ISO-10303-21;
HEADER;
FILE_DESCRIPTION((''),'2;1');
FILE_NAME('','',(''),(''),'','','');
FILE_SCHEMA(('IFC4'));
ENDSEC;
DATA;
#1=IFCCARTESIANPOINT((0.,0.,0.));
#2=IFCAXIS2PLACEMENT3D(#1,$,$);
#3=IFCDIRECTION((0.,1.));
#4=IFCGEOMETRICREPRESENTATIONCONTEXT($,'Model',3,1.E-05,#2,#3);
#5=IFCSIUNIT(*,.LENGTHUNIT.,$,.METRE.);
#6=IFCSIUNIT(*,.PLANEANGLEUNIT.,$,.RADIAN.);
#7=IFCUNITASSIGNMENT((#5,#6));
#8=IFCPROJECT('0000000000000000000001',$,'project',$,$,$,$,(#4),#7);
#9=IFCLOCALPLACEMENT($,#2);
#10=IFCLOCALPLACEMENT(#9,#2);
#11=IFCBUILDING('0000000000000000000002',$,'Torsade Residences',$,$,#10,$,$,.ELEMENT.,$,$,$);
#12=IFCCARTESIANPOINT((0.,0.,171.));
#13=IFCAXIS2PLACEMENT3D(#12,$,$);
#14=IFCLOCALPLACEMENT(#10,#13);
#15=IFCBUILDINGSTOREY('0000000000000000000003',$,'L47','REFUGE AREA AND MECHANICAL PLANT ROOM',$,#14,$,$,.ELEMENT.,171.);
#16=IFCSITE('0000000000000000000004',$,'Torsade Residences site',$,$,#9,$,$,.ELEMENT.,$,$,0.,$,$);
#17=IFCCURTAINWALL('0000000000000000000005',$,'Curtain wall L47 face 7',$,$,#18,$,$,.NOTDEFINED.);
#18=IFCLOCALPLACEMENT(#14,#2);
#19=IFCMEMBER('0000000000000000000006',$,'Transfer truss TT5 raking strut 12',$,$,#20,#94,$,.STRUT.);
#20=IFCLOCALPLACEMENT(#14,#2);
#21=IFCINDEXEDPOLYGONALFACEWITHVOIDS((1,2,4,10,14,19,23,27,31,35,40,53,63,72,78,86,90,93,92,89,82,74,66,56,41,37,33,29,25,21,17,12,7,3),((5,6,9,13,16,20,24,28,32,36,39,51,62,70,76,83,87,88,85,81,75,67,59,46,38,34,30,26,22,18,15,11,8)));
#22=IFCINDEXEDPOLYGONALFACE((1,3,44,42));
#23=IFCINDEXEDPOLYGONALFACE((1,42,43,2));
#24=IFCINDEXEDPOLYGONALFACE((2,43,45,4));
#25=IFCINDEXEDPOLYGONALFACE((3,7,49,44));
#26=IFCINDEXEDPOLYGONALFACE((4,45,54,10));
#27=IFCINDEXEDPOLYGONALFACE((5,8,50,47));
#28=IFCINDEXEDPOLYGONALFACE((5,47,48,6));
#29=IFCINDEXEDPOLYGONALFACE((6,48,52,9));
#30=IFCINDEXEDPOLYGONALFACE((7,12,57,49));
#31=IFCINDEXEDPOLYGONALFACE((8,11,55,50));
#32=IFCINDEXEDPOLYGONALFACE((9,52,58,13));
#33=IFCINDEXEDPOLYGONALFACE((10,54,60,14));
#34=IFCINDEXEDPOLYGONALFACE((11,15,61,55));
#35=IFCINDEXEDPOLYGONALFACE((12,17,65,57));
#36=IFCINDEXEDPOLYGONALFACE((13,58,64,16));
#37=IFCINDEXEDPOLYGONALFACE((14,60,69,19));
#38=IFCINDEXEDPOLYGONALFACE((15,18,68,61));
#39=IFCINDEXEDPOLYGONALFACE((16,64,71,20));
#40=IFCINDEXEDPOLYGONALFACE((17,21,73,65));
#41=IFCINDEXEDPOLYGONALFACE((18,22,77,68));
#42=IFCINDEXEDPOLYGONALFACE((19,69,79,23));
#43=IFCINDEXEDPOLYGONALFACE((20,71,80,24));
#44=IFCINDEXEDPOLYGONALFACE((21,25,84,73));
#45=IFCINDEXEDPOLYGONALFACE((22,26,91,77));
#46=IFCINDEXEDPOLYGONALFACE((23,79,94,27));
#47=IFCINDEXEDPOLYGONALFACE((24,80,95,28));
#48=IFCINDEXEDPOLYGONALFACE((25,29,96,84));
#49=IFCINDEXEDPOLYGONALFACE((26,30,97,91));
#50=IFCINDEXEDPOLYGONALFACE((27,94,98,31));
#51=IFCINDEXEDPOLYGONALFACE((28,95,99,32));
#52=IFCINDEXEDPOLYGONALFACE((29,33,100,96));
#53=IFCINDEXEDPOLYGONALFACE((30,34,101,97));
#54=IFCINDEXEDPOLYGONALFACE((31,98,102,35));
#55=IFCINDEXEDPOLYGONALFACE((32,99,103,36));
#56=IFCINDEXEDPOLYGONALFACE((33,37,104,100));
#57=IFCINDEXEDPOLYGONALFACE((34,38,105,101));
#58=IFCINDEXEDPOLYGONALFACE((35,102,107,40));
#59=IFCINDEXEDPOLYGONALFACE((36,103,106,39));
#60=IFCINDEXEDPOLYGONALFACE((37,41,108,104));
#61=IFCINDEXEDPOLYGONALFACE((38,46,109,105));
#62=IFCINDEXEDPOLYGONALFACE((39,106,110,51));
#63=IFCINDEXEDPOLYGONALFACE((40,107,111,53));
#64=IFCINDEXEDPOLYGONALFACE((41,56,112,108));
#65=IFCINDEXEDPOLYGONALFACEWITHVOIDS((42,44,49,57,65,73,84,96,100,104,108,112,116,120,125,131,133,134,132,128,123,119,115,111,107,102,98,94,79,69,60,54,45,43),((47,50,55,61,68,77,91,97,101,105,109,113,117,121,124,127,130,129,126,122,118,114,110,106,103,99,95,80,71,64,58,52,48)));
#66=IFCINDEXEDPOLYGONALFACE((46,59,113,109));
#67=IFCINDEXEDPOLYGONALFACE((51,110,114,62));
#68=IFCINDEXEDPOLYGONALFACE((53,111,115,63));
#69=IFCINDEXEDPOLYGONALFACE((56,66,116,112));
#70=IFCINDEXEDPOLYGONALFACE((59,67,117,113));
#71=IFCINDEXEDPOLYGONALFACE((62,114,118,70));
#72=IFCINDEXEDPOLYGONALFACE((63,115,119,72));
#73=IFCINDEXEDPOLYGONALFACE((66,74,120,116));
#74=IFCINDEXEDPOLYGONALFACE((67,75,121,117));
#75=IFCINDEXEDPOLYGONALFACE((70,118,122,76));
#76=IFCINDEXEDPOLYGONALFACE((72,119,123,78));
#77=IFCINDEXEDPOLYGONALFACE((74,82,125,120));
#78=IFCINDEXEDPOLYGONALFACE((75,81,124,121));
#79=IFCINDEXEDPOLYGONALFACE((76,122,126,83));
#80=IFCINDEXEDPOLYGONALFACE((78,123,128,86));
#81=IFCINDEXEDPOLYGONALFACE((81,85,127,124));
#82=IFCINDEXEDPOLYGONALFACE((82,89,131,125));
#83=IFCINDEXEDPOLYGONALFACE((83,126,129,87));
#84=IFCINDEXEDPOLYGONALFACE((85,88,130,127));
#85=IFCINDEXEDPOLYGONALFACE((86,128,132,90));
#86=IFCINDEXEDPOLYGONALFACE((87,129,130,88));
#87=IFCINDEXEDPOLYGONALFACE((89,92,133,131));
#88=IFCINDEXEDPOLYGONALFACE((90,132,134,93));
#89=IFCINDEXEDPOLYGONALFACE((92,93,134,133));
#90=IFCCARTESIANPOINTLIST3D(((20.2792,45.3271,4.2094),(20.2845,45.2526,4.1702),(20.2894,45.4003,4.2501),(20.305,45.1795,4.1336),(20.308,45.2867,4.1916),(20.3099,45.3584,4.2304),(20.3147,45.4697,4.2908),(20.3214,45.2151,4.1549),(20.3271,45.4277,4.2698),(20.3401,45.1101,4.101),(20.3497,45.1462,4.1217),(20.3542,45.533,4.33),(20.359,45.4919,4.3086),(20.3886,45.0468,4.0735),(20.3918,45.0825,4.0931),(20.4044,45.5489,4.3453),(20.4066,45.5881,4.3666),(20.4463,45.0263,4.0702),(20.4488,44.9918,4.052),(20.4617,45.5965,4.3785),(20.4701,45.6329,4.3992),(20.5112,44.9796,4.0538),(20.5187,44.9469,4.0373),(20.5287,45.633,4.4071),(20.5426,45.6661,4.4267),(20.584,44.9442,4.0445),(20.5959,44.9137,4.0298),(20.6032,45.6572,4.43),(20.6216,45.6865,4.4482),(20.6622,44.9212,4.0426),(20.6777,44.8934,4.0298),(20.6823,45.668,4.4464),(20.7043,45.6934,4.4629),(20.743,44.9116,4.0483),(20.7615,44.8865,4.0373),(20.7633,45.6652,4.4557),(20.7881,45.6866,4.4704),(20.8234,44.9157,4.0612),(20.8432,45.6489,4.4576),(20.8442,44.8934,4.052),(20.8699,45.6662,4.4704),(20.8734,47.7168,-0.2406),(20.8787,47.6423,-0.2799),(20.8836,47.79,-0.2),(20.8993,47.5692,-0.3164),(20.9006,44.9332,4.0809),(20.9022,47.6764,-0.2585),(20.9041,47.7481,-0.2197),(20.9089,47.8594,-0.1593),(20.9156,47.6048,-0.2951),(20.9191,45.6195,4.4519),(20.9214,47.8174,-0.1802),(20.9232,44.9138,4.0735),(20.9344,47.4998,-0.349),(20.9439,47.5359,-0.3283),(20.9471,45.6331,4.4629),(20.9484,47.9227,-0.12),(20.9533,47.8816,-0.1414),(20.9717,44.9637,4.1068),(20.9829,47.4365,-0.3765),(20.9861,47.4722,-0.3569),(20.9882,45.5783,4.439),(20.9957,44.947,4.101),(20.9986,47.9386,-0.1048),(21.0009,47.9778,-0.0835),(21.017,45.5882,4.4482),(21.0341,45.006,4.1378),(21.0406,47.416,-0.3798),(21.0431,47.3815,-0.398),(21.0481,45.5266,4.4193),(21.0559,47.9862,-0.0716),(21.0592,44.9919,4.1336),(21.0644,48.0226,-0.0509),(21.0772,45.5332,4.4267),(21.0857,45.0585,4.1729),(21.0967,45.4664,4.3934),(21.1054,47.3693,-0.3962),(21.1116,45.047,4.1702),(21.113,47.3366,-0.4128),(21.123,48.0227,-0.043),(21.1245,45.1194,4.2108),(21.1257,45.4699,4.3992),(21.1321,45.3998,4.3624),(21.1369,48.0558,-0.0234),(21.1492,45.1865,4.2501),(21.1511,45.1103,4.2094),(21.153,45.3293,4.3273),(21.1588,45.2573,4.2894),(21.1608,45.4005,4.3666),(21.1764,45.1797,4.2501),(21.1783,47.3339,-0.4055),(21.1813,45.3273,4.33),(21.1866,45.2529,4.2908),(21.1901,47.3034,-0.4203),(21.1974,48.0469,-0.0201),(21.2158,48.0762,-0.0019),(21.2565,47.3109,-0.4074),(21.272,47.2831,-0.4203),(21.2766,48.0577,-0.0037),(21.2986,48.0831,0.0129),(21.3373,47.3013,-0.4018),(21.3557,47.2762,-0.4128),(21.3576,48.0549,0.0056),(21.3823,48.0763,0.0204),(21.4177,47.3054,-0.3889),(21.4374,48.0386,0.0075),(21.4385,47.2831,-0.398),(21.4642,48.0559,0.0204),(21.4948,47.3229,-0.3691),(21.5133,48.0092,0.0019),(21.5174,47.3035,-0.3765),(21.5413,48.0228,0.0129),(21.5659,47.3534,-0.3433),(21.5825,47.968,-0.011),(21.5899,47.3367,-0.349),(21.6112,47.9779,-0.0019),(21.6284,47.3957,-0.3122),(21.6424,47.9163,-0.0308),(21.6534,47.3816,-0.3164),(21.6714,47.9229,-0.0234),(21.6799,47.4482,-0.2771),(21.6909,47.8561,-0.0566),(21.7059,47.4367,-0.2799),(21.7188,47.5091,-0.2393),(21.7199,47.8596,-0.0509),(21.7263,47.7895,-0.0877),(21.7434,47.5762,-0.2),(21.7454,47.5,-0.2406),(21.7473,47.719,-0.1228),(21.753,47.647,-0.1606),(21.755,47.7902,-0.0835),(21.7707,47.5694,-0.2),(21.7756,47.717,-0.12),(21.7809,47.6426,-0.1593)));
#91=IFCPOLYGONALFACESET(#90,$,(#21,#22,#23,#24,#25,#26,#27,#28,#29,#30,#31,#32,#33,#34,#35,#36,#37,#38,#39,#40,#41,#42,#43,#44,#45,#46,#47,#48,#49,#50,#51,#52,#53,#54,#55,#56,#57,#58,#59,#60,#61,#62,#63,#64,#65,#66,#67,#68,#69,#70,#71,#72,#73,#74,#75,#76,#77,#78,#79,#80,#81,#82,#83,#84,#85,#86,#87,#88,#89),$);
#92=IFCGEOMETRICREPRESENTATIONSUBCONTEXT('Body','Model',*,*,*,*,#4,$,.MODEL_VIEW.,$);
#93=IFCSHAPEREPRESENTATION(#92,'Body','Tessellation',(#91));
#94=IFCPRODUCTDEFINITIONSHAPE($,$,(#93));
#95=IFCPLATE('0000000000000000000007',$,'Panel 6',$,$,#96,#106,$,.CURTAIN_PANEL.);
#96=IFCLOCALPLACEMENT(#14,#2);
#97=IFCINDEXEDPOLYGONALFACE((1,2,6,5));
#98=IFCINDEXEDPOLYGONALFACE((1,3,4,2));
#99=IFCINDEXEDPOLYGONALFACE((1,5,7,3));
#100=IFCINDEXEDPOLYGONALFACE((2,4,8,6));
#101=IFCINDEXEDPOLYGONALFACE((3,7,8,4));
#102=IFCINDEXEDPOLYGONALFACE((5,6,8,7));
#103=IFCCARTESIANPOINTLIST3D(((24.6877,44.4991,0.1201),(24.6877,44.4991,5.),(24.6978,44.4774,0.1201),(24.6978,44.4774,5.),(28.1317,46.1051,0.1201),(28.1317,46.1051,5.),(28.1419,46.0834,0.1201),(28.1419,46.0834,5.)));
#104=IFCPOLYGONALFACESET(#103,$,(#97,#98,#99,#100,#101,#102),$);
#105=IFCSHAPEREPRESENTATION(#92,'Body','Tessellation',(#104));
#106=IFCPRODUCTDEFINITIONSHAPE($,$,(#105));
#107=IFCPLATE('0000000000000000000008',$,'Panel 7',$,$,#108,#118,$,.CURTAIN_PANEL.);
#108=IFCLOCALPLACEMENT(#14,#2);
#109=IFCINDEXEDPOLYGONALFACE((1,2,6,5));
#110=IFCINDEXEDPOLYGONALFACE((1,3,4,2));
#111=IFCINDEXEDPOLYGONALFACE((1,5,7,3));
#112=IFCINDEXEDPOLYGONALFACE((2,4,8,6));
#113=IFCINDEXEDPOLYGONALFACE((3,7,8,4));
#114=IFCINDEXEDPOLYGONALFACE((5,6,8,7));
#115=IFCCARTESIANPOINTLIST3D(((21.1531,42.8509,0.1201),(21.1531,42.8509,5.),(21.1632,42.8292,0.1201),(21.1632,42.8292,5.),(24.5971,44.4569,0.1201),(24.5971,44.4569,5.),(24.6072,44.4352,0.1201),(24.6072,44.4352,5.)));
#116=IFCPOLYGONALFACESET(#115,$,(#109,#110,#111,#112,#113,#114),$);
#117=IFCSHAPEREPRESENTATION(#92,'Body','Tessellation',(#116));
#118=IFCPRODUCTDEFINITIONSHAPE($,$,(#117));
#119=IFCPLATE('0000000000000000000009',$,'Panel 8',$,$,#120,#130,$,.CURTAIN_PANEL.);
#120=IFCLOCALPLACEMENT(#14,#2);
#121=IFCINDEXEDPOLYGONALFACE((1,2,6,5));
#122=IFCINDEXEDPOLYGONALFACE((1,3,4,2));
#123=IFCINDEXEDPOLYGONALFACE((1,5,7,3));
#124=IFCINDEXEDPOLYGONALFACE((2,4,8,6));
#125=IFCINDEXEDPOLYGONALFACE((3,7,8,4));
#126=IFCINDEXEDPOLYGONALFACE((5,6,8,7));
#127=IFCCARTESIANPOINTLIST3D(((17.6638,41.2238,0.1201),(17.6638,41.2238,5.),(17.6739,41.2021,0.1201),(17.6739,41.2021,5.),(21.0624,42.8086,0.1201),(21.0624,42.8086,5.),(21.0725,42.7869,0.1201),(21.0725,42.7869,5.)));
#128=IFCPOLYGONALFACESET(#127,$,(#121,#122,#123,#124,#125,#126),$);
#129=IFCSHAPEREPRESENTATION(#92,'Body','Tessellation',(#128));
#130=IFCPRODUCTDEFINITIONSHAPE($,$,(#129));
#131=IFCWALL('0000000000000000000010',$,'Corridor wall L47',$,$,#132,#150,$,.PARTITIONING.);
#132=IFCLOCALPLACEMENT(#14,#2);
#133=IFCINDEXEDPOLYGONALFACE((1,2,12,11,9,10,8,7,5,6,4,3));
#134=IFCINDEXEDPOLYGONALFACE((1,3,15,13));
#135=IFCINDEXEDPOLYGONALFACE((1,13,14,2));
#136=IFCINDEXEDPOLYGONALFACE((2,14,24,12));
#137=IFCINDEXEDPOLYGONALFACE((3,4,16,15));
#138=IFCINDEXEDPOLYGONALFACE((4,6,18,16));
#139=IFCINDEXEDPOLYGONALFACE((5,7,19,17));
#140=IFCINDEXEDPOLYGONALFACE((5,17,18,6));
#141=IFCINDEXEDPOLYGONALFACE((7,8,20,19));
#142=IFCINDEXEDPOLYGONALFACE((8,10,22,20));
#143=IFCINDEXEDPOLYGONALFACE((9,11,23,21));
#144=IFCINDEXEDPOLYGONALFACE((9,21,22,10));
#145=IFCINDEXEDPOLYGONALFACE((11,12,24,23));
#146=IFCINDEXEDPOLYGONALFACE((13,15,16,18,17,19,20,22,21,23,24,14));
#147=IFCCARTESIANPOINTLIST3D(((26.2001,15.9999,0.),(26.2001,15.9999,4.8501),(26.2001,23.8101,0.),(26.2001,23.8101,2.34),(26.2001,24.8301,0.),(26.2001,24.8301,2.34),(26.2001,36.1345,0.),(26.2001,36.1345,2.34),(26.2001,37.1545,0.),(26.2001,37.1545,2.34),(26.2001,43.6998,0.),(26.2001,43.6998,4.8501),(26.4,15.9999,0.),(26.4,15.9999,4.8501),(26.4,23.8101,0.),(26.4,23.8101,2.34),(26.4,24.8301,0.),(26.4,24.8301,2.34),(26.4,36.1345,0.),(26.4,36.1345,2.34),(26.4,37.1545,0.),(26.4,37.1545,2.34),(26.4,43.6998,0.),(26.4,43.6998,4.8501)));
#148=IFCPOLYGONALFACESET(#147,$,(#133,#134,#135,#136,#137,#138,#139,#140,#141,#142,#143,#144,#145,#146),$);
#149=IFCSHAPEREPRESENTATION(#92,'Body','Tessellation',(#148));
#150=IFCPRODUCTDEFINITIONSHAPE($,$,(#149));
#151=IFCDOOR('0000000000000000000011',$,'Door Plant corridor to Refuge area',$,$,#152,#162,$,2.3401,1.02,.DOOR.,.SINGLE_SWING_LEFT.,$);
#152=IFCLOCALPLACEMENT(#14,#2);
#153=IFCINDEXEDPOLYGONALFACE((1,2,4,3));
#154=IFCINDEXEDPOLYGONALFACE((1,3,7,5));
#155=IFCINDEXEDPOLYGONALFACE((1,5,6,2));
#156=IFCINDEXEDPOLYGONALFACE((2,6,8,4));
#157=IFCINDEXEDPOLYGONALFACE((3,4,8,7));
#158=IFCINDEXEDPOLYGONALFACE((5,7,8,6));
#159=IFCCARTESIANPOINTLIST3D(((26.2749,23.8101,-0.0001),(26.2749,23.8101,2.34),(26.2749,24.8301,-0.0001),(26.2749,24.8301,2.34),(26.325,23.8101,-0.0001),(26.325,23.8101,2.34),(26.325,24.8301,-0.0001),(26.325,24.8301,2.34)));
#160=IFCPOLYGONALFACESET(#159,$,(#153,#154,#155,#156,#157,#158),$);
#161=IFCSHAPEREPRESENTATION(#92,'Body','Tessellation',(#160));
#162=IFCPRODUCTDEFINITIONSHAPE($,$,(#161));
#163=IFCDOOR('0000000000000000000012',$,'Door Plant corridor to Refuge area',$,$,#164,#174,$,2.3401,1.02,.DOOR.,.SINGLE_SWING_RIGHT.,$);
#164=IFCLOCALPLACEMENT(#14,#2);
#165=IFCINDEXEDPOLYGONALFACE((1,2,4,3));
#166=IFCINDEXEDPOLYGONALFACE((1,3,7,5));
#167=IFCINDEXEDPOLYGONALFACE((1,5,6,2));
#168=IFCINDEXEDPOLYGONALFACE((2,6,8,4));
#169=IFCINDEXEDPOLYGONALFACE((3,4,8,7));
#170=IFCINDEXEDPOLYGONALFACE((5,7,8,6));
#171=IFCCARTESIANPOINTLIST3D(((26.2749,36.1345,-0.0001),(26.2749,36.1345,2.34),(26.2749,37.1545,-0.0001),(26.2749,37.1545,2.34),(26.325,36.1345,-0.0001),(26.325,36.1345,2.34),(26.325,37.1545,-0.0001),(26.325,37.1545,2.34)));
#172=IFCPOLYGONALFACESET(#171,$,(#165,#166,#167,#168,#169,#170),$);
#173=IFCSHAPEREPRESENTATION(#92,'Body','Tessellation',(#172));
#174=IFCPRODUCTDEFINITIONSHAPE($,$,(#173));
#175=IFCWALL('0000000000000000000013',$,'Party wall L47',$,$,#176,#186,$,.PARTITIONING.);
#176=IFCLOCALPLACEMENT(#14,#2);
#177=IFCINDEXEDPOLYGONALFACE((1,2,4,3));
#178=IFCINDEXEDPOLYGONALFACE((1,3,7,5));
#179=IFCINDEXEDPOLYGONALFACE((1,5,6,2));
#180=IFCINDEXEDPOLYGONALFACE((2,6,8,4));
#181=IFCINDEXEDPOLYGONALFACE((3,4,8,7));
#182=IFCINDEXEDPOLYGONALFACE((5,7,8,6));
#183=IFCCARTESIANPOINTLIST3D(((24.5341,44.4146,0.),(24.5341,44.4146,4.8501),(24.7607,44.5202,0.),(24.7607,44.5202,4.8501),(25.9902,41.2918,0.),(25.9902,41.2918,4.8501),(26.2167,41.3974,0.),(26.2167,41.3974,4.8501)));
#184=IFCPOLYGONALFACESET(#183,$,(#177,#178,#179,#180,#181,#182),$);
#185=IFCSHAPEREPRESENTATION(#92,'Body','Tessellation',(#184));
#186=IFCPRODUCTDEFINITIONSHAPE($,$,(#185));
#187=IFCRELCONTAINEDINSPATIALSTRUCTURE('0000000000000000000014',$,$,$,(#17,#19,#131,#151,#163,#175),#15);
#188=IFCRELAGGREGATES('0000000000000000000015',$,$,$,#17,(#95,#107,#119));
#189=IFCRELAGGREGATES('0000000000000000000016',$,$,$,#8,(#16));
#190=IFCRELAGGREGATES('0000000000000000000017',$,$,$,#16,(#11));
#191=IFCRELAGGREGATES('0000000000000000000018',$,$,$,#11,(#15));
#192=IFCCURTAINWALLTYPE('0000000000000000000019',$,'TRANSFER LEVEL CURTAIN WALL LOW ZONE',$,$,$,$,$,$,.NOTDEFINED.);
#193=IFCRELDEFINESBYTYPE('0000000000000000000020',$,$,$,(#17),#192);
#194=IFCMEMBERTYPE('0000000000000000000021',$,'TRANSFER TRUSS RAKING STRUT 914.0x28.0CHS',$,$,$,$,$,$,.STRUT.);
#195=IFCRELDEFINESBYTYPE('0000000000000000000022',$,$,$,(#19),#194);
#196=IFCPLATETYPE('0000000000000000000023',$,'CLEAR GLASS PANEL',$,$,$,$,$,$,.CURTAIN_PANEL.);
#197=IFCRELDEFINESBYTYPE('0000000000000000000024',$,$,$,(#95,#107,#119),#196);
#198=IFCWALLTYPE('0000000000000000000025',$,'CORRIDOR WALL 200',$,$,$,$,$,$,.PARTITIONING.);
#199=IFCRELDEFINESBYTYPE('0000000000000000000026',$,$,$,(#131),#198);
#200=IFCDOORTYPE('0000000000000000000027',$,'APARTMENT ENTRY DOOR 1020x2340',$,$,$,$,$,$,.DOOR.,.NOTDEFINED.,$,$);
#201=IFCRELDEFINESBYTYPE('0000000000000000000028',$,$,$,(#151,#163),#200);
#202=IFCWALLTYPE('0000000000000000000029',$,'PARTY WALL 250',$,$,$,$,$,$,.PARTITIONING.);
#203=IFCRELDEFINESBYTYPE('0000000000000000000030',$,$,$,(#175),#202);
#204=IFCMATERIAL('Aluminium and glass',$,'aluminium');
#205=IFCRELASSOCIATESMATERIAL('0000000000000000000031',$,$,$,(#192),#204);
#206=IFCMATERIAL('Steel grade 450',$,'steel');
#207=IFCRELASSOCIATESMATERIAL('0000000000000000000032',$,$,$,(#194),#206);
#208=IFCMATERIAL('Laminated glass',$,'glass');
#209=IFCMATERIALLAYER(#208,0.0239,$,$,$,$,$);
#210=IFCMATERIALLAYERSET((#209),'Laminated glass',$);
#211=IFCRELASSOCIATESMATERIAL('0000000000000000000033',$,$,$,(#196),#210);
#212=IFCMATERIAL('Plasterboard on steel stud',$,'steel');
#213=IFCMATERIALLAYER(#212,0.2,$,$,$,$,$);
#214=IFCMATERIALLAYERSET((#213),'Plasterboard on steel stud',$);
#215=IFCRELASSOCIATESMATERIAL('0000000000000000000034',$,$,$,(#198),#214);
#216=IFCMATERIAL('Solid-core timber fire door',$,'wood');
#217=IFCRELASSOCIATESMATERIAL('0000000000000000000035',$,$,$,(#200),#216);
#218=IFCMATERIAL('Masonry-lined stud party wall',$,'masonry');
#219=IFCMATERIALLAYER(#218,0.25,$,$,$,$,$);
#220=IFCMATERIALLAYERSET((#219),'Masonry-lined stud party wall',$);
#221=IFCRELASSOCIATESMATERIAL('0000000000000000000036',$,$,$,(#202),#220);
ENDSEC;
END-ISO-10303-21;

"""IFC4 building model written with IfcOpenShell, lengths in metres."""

from ifc_helpers import new_model, si_unit, direction, frame, frame_2d, origin, origin_2d, place, context, subcontext, project, spatial, rectangle, hollow_circle, extrude, material, layer, layer_set, material_profile, profile_set, type_object, element, fill, aggregate, save


model = new_model("IFC4")

# Units and contexts
model_context = context("Model", 3, precision=1e-05, world=origin(), true_north=direction((0.0, 1.0)))
body_context = subcontext(model_context, "Body", "Model", "MODEL_VIEW")
ifc_project = project(units=[si_unit("LENGTHUNIT", "METRE"), si_unit("PLANEANGLEUNIT", "RADIAN")], contexts=[model_context])

# Site, building, storey
site_placement = place(None, origin())
site = spatial("IfcSite", under=ifc_project, at=site_placement, Name="Torsade Residences site", CompositionType="ELEMENT", RefElevation=0.0)
building_placement = place(site_placement, origin())
building = spatial("IfcBuilding", under=site, at=building_placement, Name="Torsade Residences", CompositionType="ELEMENT")
storey_placement = place(building_placement, frame((0.0, 0.0, 171.0)))
storey = spatial("IfcBuildingStorey", under=building, at=storey_placement, Name="L47", Description="REFUGE AREA AND MECHANICAL PLANT ROOM", CompositionType="ELEMENT", Elevation=171.0)

# Curtain wall
ifc_material_1 = material(Name="Aluminium and glass", Category="aluminium")
curtain_wall_type = type_object("IfcCurtainWallType", Name="TRANSFER LEVEL CURTAIN WALL LOW ZONE", PredefinedType="NOTDEFINED", material=ifc_material_1)
curtain_wall_placement = place(storey_placement, origin())
curtain_wall = element("IfcCurtainWall", 1, at=curtain_wall_placement, inside=storey, type_object=curtain_wall_type, Name="Curtain wall L47 face 7", PredefinedType="NOTDEFINED")

# Member
ifc_material_2 = material(Name="Steel grade 450", Category="steel")
ifc_material_profile_1 = material_profile(ifc_material_2, hollow_circle(Radius=0.457, WallThickness=0.0281, at=origin_2d()), Name="914.0x28.0CHS")
ifc_profile_set_1 = profile_set([ifc_material_profile_1], Name="Steel grade 450")
member_type_1 = type_object("IfcMemberType", Name="TRANSFER TRUSS RAKING STRUT 914.0x28.0CHS", PredefinedType="STRUT", material=ifc_profile_set_1)
member_1_placement = place(storey_placement, frame((21.3271, 47.6797, -0.2), z_axis=(-0.116842, -0.469865, 0.874972), x_axis=(0.970445, -0.241322, 0.0)))
element("IfcMember", 2, at=member_1_placement, inside=storey, type_object=member_type_1, Name="Transfer truss TT5 raking strut 12", PredefinedType="STRUT", context=body_context, shape_type="SweptSolid", body=[
    extrude(hollow_circle(Radius=0.457, WallThickness=0.0281, at=origin_2d()), origin(), (0.0, 0.0, 1.0), 5.0859),
])

# Plates
ifc_material_3 = material(Name="Laminated glass", Category="glass")
ifc_layer_1 = layer(ifc_material_3, 0.0239)
ifc_layer_set_1 = layer_set([ifc_layer_1], Name="Laminated glass")
plate_type = type_object("IfcPlateType", Name="CLEAR GLASS PANEL", PredefinedType="CURTAIN_PANEL", material=ifc_layer_set_1)
plate_1_placement = place(storey_placement, frame((26.4148, 45.2913, 0.1201), z_axis=(0.0, 0.0, 1.0), x_axis=(-0.906308, -0.422618, 0.0)))
plate_1 = element("IfcPlate", 3, at=plate_1_placement, type_object=plate_type, Name="Panel 6", PredefinedType="CURTAIN_PANEL", context=body_context, shape_type="SweptSolid", body=[
    extrude(rectangle(XDim=3.8, YDim=0.0239, at=origin_2d()), origin(), (0.0, 0.0, 1.0), 4.8799),
])
plate_2_placement = place(storey_placement, frame((22.8801, 43.6431, 0.1201), z_axis=(0.0, 0.0, 1.0), x_axis=(-0.906308, -0.422618, 0.0)))
plate_2 = element("IfcPlate", 4, at=plate_2_placement, type_object=plate_type, Name="Panel 7", PredefinedType="CURTAIN_PANEL", context=body_context, shape_type="SweptSolid", body=[
    extrude(rectangle(XDim=3.8, YDim=0.0239, at=origin_2d()), origin(), (0.0, 0.0, 1.0), 4.8799),
])
plate_3_placement = place(storey_placement, frame((19.3682, 42.0054, 0.1201), z_axis=(0.0, 0.0, 1.0), x_axis=(-0.906308, -0.422618, 0.0)))
plate_3 = element("IfcPlate", 5, at=plate_3_placement, type_object=plate_type, Name="Panel 8", PredefinedType="CURTAIN_PANEL", context=body_context, shape_type="SweptSolid", body=[
    extrude(rectangle(XDim=3.75, YDim=0.0239, at=origin_2d()), origin(), (0.0, 0.0, 1.0), 4.8799),
])
aggregate(curtain_wall, [plate_1, plate_2, plate_3])

# Wall, openings, doors
ifc_material_4 = material(Name="Plasterboard on steel stud", Category="steel")
ifc_layer_2 = layer(ifc_material_4, 0.2)
ifc_layer_set_2 = layer_set([ifc_layer_2], Name="Plasterboard on steel stud")
wall_type_1 = type_object("IfcWallType", Name="CORRIDOR WALL 200", PredefinedType="PARTITIONING", material=ifc_layer_set_2)
wall_1_placement = place(storey_placement, frame((26.3, 43.7, 0.0), z_axis=(0.0, 0.0, 1.0), x_axis=(0.0, -1.0, 0.0)))
wall_1 = element("IfcWall", 6, at=wall_1_placement, inside=storey, type_object=wall_type_1, Name="Corridor wall L47", PredefinedType="PARTITIONING", context=body_context, shape_type="SweptSolid", body=[
    extrude(rectangle(XDim=27.7, YDim=0.2, at=frame_2d((13.8501, 0.0))), origin(), (0.0, 0.0, 1.0), 4.8501),
])
opening_1_placement = place(wall_1_placement, frame((18.8699, 0.0, 0.0)))
opening_1 = element("IfcOpeningElement", 7, at=opening_1_placement, cuts=wall_1, PredefinedType="OPENING", context=body_context, shape_type="SweptSolid", body=[
    extrude(rectangle(XDim=1.02, YDim=2.3401, at=frame_2d((0.51, 1.1699))), frame((0.0, 0.1099, 0.0), z_axis=(0.0, -1.0, 0.0), x_axis=(1.0, 0.0, 0.0)), (0.0, 0.0, 1.0), 0.22),
])
opening_2_placement = place(wall_1_placement, frame((6.5454, 0.0, 0.0)))
opening_2 = element("IfcOpeningElement", 8, at=opening_2_placement, cuts=wall_1, PredefinedType="OPENING", context=body_context, shape_type="SweptSolid", body=[
    extrude(rectangle(XDim=1.02, YDim=2.3401, at=frame_2d((0.51, 1.1699))), frame((0.0, 0.1099, 0.0), z_axis=(0.0, -1.0, 0.0), x_axis=(1.0, 0.0, 0.0)), (0.0, 0.0, 1.0), 0.22),
])
ifc_material_5 = material(Name="Solid-core timber fire door", Category="wood")
door_type = type_object("IfcDoorType", Name="APARTMENT ENTRY DOOR 1020x2340", OperationType="NOTDEFINED", PredefinedType="DOOR", material=ifc_material_5)
door_1_placement = place(opening_1_placement, origin())
door_1 = element("IfcDoor", 9, at=door_1_placement, inside=storey, type_object=door_type, Name="Door Plant corridor to Refuge area", OperationType="SINGLE_SWING_LEFT", OverallHeight=2.3401, OverallWidth=1.02, PredefinedType="DOOR", context=body_context, shape_type="SweptSolid", body=[
    extrude(rectangle(XDim=1.02, YDim=2.3401, at=frame_2d((0.51, 1.1699))), frame((0.0, 0.0249, 0.0), z_axis=(0.0, -1.0, 0.0), x_axis=(1.0, 0.0, 0.0)), (0.0, 0.0, 1.0), 0.05),
])
fill(opening_1, door_1)
door_2_placement = place(opening_2_placement, origin())
door_2 = element("IfcDoor", 10, at=door_2_placement, inside=storey, type_object=door_type, Name="Door Plant corridor to Refuge area", OperationType="SINGLE_SWING_RIGHT", OverallHeight=2.3401, OverallWidth=1.02, PredefinedType="DOOR", context=body_context, shape_type="SweptSolid", body=[
    extrude(rectangle(XDim=1.02, YDim=2.3401, at=frame_2d((0.51, 1.1699))), frame((0.0, 0.0249, 0.0), z_axis=(0.0, -1.0, 0.0), x_axis=(1.0, 0.0, 0.0)), (0.0, 0.0, 1.0), 0.05),
])
fill(opening_2, door_2)

# Wall
ifc_material_6 = material(Name="Masonry-lined stud party wall", Category="masonry")
ifc_layer_3 = layer(ifc_material_6, 0.25)
ifc_layer_set_3 = layer_set([ifc_layer_3], Name="Masonry-lined stud party wall")
wall_type_2 = type_object("IfcWallType", Name="PARTY WALL 250", PredefinedType="PARTITIONING", material=ifc_layer_set_3)
wall_2_placement = place(storey_placement, frame((24.6475, 44.4673, 0.0), z_axis=(0.0, 0.0, 1.0), x_axis=(0.422587, -0.906322, 0.0)))
element("IfcWall", 11, at=wall_2_placement, inside=storey, type_object=wall_type_2, Name="Party wall L47", PredefinedType="PARTITIONING", context=body_context, shape_type="SweptSolid", body=[
    extrude(rectangle(XDim=3.4456, YDim=0.25, at=frame_2d((1.7227, 0.0))), origin(), (0.0, 0.0, 1.0), 4.8501),
])

save(model, "model.ifc")
